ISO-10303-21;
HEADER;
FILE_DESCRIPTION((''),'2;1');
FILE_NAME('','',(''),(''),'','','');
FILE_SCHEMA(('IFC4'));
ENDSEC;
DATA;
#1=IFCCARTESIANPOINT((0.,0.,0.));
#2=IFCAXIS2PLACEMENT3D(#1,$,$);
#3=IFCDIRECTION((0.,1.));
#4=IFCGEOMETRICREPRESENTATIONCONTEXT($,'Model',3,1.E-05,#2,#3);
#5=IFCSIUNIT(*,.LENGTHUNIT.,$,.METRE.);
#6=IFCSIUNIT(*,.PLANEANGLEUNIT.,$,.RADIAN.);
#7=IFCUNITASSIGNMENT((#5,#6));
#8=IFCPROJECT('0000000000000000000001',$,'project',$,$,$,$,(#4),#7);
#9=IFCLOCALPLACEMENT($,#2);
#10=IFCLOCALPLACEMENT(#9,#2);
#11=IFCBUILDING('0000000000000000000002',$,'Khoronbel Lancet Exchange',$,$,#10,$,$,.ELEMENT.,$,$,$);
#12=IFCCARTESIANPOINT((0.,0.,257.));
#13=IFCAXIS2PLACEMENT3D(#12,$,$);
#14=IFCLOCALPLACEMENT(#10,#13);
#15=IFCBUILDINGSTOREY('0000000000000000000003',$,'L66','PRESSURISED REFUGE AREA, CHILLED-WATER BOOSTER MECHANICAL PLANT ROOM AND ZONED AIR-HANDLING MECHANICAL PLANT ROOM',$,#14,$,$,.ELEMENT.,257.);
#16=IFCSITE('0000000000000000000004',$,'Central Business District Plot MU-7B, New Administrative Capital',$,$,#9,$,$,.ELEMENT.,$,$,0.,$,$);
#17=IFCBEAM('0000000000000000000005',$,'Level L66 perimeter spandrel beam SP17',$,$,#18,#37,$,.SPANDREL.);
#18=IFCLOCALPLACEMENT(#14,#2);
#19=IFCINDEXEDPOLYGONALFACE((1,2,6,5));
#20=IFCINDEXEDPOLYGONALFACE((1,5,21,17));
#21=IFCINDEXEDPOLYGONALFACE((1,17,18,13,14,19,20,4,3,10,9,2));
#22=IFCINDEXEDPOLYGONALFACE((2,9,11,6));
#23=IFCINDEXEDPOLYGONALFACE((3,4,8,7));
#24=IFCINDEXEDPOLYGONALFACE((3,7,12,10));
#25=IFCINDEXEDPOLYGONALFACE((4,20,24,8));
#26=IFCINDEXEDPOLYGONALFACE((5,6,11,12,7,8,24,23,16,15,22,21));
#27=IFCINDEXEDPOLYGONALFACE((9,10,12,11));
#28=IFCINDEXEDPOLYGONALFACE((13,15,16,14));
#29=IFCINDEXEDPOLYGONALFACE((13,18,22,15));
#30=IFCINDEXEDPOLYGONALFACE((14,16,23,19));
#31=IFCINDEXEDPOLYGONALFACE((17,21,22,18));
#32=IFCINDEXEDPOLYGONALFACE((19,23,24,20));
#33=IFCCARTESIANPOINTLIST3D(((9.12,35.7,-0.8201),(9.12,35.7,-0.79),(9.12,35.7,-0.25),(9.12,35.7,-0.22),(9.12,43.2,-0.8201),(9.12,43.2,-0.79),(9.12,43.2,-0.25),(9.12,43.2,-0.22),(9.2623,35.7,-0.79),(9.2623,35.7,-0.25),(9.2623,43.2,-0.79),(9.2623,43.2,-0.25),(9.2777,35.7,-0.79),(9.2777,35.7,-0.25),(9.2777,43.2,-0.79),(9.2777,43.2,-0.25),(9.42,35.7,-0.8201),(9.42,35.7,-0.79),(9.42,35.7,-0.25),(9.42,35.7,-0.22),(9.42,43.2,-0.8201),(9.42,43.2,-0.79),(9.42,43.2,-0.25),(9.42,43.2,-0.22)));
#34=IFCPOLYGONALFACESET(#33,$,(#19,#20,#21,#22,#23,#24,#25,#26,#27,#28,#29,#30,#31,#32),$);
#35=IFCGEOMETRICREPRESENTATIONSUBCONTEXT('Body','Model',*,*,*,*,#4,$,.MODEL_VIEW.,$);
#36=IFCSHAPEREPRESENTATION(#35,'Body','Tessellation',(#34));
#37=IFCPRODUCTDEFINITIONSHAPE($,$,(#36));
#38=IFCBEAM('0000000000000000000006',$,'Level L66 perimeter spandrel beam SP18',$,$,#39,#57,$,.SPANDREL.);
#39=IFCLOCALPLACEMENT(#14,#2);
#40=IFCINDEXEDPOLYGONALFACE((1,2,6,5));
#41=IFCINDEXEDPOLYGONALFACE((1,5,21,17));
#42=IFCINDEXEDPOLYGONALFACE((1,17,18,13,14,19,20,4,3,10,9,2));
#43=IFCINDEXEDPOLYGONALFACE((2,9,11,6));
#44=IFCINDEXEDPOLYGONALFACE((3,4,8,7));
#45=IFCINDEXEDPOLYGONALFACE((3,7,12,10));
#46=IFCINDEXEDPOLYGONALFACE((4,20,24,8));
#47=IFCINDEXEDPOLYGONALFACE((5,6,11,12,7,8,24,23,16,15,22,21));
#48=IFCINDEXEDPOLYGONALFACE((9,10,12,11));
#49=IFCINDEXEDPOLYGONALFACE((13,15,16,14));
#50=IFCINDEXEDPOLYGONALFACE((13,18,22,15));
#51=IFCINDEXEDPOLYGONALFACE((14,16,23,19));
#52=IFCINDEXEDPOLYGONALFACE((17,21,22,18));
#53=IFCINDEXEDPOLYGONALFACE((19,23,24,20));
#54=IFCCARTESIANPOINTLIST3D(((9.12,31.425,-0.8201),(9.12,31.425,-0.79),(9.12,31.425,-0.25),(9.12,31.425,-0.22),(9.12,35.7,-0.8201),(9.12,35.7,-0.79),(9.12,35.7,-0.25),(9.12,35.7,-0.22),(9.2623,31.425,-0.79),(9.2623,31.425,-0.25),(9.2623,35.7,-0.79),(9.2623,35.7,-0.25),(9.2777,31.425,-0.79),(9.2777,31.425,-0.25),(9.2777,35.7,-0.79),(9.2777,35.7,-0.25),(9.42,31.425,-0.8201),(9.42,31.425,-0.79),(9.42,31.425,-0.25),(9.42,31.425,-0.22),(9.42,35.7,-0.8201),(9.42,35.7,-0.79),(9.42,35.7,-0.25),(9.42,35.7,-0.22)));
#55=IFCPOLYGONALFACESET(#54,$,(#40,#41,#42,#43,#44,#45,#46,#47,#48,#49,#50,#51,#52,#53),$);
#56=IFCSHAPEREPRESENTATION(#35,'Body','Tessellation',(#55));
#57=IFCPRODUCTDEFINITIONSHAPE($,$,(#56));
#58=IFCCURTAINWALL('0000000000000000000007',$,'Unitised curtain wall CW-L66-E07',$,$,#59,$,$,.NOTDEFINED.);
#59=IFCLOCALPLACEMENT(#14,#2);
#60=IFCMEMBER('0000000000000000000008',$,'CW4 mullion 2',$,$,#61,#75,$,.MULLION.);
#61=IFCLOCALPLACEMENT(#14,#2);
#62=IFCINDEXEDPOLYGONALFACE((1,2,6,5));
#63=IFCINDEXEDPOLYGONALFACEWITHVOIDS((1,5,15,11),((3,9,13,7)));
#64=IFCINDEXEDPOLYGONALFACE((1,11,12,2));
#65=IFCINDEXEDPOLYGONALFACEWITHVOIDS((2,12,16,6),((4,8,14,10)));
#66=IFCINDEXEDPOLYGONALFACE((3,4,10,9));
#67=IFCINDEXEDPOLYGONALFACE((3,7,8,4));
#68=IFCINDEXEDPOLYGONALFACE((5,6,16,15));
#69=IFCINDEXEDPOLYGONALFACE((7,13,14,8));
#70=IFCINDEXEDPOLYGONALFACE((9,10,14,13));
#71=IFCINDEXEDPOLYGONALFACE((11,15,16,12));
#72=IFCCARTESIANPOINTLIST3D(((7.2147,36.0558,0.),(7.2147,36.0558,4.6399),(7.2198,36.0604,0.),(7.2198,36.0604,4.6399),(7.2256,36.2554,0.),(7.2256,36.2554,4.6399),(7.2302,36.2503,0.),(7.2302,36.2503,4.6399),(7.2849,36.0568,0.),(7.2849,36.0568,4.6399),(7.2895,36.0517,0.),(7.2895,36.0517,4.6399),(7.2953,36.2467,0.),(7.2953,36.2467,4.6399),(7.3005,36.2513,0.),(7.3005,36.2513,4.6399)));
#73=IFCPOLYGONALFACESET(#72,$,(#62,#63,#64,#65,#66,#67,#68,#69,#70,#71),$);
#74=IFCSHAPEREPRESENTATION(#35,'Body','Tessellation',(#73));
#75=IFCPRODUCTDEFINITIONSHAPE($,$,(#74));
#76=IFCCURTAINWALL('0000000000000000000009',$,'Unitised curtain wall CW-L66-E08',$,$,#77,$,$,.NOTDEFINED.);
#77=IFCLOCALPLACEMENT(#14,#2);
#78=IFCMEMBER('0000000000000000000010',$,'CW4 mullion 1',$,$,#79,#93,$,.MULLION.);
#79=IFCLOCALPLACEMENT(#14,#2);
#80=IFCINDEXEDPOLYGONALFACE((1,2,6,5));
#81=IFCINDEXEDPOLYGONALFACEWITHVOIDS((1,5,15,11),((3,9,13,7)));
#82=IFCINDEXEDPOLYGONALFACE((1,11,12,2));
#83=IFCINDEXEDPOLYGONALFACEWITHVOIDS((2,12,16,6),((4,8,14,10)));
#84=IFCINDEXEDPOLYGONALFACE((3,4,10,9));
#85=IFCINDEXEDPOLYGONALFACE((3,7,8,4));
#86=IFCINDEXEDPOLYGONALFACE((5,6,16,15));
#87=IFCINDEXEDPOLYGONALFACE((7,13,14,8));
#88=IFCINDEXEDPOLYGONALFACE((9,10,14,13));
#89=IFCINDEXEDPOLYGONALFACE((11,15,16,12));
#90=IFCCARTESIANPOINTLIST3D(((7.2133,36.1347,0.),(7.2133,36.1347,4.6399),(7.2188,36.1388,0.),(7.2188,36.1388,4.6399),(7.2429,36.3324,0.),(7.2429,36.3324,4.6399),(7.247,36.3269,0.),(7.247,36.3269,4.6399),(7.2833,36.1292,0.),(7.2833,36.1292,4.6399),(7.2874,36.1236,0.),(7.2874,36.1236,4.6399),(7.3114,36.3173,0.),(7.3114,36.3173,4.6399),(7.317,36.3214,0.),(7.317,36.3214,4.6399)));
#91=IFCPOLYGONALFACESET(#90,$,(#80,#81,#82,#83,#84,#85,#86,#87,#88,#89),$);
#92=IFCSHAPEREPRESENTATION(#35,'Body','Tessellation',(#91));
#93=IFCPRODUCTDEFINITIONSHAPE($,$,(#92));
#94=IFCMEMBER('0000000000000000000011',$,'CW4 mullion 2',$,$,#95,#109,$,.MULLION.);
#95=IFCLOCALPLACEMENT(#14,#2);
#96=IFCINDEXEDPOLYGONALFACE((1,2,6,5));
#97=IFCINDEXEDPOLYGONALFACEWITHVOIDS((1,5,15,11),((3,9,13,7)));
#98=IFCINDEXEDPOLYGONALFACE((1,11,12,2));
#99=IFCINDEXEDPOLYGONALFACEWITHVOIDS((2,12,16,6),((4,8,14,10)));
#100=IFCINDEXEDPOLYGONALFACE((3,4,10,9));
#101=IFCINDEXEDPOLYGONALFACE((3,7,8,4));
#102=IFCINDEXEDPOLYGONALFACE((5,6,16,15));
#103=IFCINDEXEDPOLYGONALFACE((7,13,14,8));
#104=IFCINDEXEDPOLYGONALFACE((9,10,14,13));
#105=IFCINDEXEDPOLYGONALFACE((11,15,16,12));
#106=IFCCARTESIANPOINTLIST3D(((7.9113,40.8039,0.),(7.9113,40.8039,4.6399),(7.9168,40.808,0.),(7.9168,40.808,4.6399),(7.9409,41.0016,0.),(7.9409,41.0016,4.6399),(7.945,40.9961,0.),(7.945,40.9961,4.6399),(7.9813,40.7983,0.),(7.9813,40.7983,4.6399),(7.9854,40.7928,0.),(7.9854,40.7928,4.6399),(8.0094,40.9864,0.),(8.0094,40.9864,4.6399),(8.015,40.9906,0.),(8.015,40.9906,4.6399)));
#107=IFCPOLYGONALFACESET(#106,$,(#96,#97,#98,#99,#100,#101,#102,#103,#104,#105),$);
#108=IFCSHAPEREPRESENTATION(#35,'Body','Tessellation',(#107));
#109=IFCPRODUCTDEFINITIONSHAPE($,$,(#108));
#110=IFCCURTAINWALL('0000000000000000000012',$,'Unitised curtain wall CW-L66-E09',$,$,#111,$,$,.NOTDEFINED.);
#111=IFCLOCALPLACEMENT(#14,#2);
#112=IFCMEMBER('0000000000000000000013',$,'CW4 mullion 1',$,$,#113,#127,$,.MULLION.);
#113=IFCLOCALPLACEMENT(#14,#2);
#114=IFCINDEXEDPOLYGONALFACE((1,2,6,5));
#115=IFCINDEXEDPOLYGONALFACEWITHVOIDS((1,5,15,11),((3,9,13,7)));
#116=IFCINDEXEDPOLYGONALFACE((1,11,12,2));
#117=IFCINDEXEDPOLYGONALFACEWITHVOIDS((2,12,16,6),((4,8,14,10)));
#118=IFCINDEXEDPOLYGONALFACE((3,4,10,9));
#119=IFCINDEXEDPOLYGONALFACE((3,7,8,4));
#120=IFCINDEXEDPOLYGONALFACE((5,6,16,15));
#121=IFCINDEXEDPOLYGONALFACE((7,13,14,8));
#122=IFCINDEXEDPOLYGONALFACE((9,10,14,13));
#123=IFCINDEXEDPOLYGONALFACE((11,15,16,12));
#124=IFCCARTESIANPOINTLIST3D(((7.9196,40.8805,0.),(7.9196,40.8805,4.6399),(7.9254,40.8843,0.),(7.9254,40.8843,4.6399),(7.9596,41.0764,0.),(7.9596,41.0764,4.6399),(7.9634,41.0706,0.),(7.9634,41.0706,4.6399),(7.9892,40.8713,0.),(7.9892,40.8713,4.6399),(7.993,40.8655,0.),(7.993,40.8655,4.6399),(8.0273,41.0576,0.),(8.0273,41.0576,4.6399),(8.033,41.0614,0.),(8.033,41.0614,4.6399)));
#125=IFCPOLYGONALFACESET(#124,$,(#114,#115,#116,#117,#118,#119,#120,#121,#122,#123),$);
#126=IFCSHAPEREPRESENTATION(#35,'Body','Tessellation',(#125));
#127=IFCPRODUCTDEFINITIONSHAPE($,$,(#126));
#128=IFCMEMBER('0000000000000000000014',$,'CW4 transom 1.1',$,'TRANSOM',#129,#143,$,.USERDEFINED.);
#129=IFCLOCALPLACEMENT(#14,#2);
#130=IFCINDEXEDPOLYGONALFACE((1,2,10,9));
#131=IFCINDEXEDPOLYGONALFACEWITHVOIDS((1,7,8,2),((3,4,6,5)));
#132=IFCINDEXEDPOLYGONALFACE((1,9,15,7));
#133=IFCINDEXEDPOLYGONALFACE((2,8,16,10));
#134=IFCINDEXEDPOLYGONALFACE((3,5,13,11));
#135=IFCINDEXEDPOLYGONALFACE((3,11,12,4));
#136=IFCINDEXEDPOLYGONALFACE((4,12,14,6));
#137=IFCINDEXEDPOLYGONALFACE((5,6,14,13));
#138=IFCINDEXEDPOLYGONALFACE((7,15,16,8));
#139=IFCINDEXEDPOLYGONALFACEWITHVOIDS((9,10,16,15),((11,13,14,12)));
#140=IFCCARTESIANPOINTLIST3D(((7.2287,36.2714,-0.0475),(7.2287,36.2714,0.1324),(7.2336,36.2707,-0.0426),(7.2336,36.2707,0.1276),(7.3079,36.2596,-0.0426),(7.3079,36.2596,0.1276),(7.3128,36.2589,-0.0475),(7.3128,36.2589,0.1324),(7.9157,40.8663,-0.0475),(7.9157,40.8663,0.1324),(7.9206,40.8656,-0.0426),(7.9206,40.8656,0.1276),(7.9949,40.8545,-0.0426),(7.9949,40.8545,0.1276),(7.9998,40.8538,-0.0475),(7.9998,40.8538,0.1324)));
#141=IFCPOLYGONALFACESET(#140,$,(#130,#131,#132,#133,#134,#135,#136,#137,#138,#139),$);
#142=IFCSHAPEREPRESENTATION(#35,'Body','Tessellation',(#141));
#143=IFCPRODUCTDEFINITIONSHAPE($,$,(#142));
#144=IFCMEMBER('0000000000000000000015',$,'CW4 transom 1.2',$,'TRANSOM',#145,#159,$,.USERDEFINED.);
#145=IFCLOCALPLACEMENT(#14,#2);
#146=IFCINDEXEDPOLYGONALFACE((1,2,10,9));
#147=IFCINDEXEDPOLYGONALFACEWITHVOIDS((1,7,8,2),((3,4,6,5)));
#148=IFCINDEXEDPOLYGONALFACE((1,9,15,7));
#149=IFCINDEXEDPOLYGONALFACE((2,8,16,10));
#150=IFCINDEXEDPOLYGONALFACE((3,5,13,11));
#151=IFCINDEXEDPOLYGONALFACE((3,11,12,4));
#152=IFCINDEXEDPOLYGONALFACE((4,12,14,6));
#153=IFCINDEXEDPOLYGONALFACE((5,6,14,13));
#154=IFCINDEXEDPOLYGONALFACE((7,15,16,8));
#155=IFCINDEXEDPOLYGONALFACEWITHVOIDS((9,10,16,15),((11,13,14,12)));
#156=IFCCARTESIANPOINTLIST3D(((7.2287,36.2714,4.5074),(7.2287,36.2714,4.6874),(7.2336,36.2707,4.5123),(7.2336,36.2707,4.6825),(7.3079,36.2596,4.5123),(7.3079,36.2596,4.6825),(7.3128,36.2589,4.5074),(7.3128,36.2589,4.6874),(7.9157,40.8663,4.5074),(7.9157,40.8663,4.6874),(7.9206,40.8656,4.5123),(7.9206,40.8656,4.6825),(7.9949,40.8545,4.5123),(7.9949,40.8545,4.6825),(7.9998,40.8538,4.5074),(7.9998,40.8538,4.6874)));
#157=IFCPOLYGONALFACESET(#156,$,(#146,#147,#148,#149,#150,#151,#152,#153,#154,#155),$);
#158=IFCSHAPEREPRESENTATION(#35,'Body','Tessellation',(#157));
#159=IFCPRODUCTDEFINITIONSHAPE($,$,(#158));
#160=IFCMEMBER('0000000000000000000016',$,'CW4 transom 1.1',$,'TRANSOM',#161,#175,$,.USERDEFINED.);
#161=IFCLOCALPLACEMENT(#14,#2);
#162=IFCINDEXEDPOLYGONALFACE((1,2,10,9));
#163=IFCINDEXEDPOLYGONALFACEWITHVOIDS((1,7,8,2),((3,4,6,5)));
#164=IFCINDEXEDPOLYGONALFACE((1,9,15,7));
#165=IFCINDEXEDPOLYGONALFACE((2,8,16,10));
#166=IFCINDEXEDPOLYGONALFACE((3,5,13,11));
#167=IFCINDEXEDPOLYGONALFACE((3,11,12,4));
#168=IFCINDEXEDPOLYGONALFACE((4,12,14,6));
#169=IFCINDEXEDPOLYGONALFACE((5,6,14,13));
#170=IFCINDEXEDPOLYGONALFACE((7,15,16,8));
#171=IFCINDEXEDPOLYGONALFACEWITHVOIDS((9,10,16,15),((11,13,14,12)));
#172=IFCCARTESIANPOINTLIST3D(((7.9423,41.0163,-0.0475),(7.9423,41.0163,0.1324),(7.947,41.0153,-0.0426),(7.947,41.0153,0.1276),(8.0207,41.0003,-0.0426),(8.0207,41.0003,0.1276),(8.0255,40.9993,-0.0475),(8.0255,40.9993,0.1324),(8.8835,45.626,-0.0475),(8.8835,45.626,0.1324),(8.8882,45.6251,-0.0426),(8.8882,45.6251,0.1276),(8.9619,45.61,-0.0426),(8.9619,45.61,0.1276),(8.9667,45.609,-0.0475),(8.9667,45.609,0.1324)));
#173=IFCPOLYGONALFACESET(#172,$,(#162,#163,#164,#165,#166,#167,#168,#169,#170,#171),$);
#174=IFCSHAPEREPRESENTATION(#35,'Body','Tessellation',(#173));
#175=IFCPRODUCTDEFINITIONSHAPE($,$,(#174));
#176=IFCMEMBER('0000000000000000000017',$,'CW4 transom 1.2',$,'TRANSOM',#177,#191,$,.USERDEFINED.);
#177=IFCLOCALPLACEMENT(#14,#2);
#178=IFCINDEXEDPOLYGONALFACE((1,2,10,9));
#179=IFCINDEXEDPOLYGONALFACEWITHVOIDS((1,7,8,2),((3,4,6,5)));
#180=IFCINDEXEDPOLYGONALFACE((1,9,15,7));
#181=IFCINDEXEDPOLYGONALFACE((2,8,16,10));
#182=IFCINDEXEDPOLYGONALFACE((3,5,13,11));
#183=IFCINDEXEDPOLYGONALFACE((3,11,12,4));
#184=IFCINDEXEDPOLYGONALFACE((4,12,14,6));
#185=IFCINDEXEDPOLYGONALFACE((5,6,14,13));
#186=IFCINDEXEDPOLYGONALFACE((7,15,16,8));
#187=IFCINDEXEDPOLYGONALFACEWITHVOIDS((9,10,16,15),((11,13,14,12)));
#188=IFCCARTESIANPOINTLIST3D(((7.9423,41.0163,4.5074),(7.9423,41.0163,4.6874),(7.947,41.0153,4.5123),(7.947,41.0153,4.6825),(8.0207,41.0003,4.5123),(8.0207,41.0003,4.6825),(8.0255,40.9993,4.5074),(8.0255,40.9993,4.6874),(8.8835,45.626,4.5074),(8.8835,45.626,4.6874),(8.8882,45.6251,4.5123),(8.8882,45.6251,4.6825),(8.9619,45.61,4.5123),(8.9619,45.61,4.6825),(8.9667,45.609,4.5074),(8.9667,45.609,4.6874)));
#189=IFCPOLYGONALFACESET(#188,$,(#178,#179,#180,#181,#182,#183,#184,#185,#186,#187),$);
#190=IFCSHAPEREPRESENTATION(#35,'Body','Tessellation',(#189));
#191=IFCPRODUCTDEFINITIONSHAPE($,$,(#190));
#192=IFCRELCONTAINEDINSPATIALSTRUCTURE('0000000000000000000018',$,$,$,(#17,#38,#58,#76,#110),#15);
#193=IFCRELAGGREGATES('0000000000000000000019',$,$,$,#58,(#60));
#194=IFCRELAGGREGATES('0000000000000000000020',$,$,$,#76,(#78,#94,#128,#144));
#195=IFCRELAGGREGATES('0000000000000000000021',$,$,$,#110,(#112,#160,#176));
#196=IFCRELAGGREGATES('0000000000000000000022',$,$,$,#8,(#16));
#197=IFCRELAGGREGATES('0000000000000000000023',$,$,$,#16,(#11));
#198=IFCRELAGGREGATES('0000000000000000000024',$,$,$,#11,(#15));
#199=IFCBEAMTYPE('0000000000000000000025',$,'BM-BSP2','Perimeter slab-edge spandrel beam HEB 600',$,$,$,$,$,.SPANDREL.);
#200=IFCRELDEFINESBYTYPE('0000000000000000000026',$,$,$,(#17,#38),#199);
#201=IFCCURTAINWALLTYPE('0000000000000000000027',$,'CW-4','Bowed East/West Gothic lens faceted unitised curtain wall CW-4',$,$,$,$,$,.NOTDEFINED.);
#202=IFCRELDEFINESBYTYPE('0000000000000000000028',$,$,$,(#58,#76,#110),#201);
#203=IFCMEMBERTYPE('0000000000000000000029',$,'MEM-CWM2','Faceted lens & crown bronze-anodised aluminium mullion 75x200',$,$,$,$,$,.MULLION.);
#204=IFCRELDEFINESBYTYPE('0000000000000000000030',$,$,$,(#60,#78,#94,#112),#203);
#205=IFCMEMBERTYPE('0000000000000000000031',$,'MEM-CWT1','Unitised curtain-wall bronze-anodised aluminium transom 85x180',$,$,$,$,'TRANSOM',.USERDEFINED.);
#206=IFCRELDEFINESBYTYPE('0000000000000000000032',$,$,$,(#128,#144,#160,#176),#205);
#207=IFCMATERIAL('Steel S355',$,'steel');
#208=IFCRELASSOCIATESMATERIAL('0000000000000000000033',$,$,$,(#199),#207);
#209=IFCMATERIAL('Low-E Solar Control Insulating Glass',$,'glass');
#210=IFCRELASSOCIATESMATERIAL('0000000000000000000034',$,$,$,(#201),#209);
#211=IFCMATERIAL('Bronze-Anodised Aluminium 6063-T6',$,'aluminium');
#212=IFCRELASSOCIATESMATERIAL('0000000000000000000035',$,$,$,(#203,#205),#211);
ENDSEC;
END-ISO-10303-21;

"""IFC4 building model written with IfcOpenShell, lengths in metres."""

from ifc_helpers import new_model, si_unit, direction, frame, origin, origin_2d, place, context, subcontext, project, spatial, hollow_rectangle, i_section, extrude, material, material_profile, profile_set, type_object, element, aggregate, save


model = new_model("IFC4")

# Units and contexts
model_context = context("Model", 3, precision=1e-05, world=origin(), true_north=direction((0.0, 1.0)))
body_context = subcontext(model_context, "Body", "Model", "MODEL_VIEW")
ifc_project = project(units=[si_unit("LENGTHUNIT", "METRE"), si_unit("PLANEANGLEUNIT", "RADIAN")], contexts=[model_context])

# Site, building, storey
site_placement = place(None, origin())
site = spatial("IfcSite", under=ifc_project, at=site_placement, Name="Central Business District Plot MU-7B, New Administrative Capital", CompositionType="ELEMENT", RefElevation=0.0)
building_placement = place(site_placement, origin())
building = spatial("IfcBuilding", under=site, at=building_placement, Name="Khoronbel Lancet Exchange", CompositionType="ELEMENT")
storey_placement = place(building_placement, frame((0.0, 0.0, 257.0)))
storey = spatial("IfcBuildingStorey", under=building, at=storey_placement, Name="L66", Description="PRESSURISED REFUGE AREA, CHILLED-WATER BOOSTER MECHANICAL PLANT ROOM AND ZONED AIR-HANDLING MECHANICAL PLANT ROOM", CompositionType="ELEMENT", Elevation=257.0)

# Shared definitions
ifc_material_1 = material(Name="Steel S355", Category="steel")

# Beams
ifc_material_profile_1 = material_profile(ifc_material_1, i_section(OverallWidth=0.3, OverallDepth=0.6001, WebThickness=0.0154, FlangeThickness=0.03, at=origin_2d()), Name="HEB 600")
ifc_profile_set_1 = profile_set([ifc_material_profile_1], Name="Steel S355")
beam_type_1 = type_object("IfcBeamType", Name="BM-BSP2", Description="Perimeter slab-edge spandrel beam HEB 600", PredefinedType="SPANDREL", material=ifc_profile_set_1)
beam_1_placement = place(storey_placement, frame((9.27, 43.2, -0.52), z_axis=(0.0, -1.0, 0.0), x_axis=(1.0, 0.0, 0.0)))
element("IfcBeam", 1, at=beam_1_placement, inside=storey, type_object=beam_type_1, Name="Level L66 perimeter spandrel beam SP17", PredefinedType="SPANDREL", context=body_context, shape_type="SweptSolid", body=[
    extrude(i_section(OverallWidth=0.3, OverallDepth=0.6001, WebThickness=0.0154, FlangeThickness=0.03, at=origin_2d()), origin(), (0.0, 0.0, 1.0), 7.5),
])
beam_2_placement = place(storey_placement, frame((9.27, 35.7, -0.52), z_axis=(0.0, -1.0, 0.0), x_axis=(1.0, 0.0, 0.0)))
element("IfcBeam", 2, at=beam_2_placement, inside=storey, type_object=beam_type_1, Name="Level L66 perimeter spandrel beam SP18", PredefinedType="SPANDREL", context=body_context, shape_type="SweptSolid", body=[
    extrude(i_section(OverallWidth=0.3, OverallDepth=0.6001, WebThickness=0.0154, FlangeThickness=0.03, at=origin_2d()), origin(), (0.0, 0.0, 1.0), 4.2749),
])

# Curtain wall, member
ifc_material_2 = material(Name="Low-E Solar Control Insulating Glass", Category="glass")
curtain_wall_type = type_object("IfcCurtainWallType", Name="CW-4", Description="Bowed East/West Gothic lens faceted unitised curtain wall CW-4", PredefinedType="NOTDEFINED", material=ifc_material_2)
curtain_wall_1_placement = place(storey_placement, origin())
curtain_wall_1 = element("IfcCurtainWall", 3, at=curtain_wall_1_placement, inside=storey, type_object=curtain_wall_type, Name="Unitised curtain wall CW-L66-E07", PredefinedType="NOTDEFINED")
ifc_material_3 = material(Name="Bronze-Anodised Aluminium 6063-T6", Category="aluminium")
ifc_material_profile_2 = material_profile(ifc_material_3, hollow_rectangle(XDim=0.075, YDim=0.2, WallThickness=0.0049, at=origin_2d()), Name="ALU MULLION 75x200")
ifc_profile_set_2 = profile_set([ifc_material_profile_2], Name="Bronze-Anodised Aluminium 6063-T6")
member_type_1 = type_object("IfcMemberType", Name="MEM-CWM2", Description="Faceted lens & crown bronze-anodised aluminium mullion 75x200", PredefinedType="MULLION", material=ifc_profile_set_2)
member_1_placement = place(storey_placement, frame((7.2576, 36.1536, 0.0), z_axis=(0.0, 0.0, 1.0), x_axis=(-0.998506, 0.054634, 0.0)))
member_1 = element("IfcMember", 4, at=member_1_placement, type_object=member_type_1, Name="CW4 mullion 2", PredefinedType="MULLION", context=body_context, shape_type="SweptSolid", body=[
    extrude(hollow_rectangle(XDim=0.075, YDim=0.2, WallThickness=0.0049, at=origin_2d()), origin(), (0.0, 0.0, 1.0), 4.6399),
])
aggregate(curtain_wall_1, [member_1])

# Curtain wall, members
curtain_wall_2_placement = place(storey_placement, origin())
curtain_wall_2 = element("IfcCurtainWall", 5, at=curtain_wall_2_placement, inside=storey, type_object=curtain_wall_type, Name="Unitised curtain wall CW-L66-E08", PredefinedType="NOTDEFINED")
member_2_placement = place(storey_placement, frame((7.2651, 36.228, 0.0), z_axis=(0.0, 0.0, 1.0), x_axis=(-0.989007, 0.147869, 0.0)))
member_2 = element("IfcMember", 6, at=member_2_placement, type_object=member_type_1, Name="CW4 mullion 1", PredefinedType="MULLION", context=body_context, shape_type="SweptSolid", body=[
    extrude(hollow_rectangle(XDim=0.075, YDim=0.2, WallThickness=0.0049, at=origin_2d()), origin(), (0.0, 0.0, 1.0), 4.6399),
])
member_3_placement = place(storey_placement, frame((7.9631, 40.8972, 0.0), z_axis=(0.0, 0.0, 1.0), x_axis=(-0.989007, 0.147869, 0.0)))
member_3 = element("IfcMember", 7, at=member_3_placement, type_object=member_type_1, Name="CW4 mullion 2", PredefinedType="MULLION", context=body_context, shape_type="SweptSolid", body=[
    extrude(hollow_rectangle(XDim=0.075, YDim=0.2, WallThickness=0.0049, at=origin_2d()), origin(), (0.0, 0.0, 1.0), 4.6399),
])

# Curtain wall, member
curtain_wall_3_placement = place(storey_placement, origin())
curtain_wall_3 = element("IfcCurtainWall", 8, at=curtain_wall_3_placement, inside=storey, type_object=curtain_wall_type, Name="Unitised curtain wall CW-L66-E09", PredefinedType="NOTDEFINED")
member_4_placement = place(storey_placement, frame((7.9763, 40.9709, 0.0), z_axis=(0.0, 0.0, 1.0), x_axis=(-0.979785, 0.200052, 0.0)))
member_4 = element("IfcMember", 9, at=member_4_placement, type_object=member_type_1, Name="CW4 mullion 1", PredefinedType="MULLION", context=body_context, shape_type="SweptSolid", body=[
    extrude(hollow_rectangle(XDim=0.075, YDim=0.2, WallThickness=0.0049, at=origin_2d()), origin(), (0.0, 0.0, 1.0), 4.6399),
])

# Members
ifc_material_profile_3 = material_profile(ifc_material_3, hollow_rectangle(XDim=0.085, YDim=0.1799, WallThickness=0.0049, at=origin_2d()), Name="ALU TRANSOM 85x180")
ifc_profile_set_3 = profile_set([ifc_material_profile_3], Name="Bronze-Anodised Aluminium 6063-T6")
member_type_2 = type_object("IfcMemberType", Name="MEM-CWT1", Description="Unitised curtain-wall bronze-anodised aluminium transom 85x180", ElementType="TRANSOM", PredefinedType="USERDEFINED", material=ifc_profile_set_3)
member_5_placement = place(storey_placement, frame((7.2708, 36.2651, 0.0425), z_axis=(0.14787, 0.989007, 0.0), x_axis=(-0.989007, 0.14787, 0.0)))
member_5 = element("IfcMember", 10, at=member_5_placement, type_object=member_type_2, Name="CW4 transom 1.1", ObjectType="TRANSOM", PredefinedType="USERDEFINED", context=body_context, shape_type="SweptSolid", body=[
    extrude(hollow_rectangle(XDim=0.085, YDim=0.1799, WallThickness=0.0049, at=origin_2d()), origin(), (0.0, 0.0, 1.0), 4.646),
])
member_6_placement = place(storey_placement, frame((7.2708, 36.2651, 4.5974), z_axis=(0.14787, 0.989007, 0.0), x_axis=(-0.989007, 0.14787, 0.0)))
member_6 = element("IfcMember", 11, at=member_6_placement, type_object=member_type_2, Name="CW4 transom 1.2", ObjectType="TRANSOM", PredefinedType="USERDEFINED", context=body_context, shape_type="SweptSolid", body=[
    extrude(hollow_rectangle(XDim=0.085, YDim=0.1799, WallThickness=0.0049, at=origin_2d()), origin(), (0.0, 0.0, 1.0), 4.646),
])
member_7_placement = place(storey_placement, frame((7.9839, 41.0078, 0.0425), z_axis=(0.200046, 0.979786, 0.0), x_axis=(-0.979786, 0.200046, 0.0)))
member_7 = element("IfcMember", 12, at=member_7_placement, type_object=member_type_2, Name="CW4 transom 1.1", ObjectType="TRANSOM", PredefinedType="USERDEFINED", context=body_context, shape_type="SweptSolid", body=[
    extrude(hollow_rectangle(XDim=0.085, YDim=0.1799, WallThickness=0.0049, at=origin_2d()), origin(), (0.0, 0.0, 1.0), 4.7048),
])
member_8_placement = place(storey_placement, frame((7.9839, 41.0078, 4.5974), z_axis=(0.200046, 0.979786, 0.0), x_axis=(-0.979786, 0.200046, 0.0)))
member_8 = element("IfcMember", 13, at=member_8_placement, type_object=member_type_2, Name="CW4 transom 1.2", ObjectType="TRANSOM", PredefinedType="USERDEFINED", context=body_context, shape_type="SweptSolid", body=[
    extrude(hollow_rectangle(XDim=0.085, YDim=0.1799, WallThickness=0.0049, at=origin_2d()), origin(), (0.0, 0.0, 1.0), 4.7048),
])

aggregate(curtain_wall_2, [member_2, member_3, member_5, member_6])
aggregate(curtain_wall_3, [member_4, member_7, member_8])

save(model, "model.ifc")
